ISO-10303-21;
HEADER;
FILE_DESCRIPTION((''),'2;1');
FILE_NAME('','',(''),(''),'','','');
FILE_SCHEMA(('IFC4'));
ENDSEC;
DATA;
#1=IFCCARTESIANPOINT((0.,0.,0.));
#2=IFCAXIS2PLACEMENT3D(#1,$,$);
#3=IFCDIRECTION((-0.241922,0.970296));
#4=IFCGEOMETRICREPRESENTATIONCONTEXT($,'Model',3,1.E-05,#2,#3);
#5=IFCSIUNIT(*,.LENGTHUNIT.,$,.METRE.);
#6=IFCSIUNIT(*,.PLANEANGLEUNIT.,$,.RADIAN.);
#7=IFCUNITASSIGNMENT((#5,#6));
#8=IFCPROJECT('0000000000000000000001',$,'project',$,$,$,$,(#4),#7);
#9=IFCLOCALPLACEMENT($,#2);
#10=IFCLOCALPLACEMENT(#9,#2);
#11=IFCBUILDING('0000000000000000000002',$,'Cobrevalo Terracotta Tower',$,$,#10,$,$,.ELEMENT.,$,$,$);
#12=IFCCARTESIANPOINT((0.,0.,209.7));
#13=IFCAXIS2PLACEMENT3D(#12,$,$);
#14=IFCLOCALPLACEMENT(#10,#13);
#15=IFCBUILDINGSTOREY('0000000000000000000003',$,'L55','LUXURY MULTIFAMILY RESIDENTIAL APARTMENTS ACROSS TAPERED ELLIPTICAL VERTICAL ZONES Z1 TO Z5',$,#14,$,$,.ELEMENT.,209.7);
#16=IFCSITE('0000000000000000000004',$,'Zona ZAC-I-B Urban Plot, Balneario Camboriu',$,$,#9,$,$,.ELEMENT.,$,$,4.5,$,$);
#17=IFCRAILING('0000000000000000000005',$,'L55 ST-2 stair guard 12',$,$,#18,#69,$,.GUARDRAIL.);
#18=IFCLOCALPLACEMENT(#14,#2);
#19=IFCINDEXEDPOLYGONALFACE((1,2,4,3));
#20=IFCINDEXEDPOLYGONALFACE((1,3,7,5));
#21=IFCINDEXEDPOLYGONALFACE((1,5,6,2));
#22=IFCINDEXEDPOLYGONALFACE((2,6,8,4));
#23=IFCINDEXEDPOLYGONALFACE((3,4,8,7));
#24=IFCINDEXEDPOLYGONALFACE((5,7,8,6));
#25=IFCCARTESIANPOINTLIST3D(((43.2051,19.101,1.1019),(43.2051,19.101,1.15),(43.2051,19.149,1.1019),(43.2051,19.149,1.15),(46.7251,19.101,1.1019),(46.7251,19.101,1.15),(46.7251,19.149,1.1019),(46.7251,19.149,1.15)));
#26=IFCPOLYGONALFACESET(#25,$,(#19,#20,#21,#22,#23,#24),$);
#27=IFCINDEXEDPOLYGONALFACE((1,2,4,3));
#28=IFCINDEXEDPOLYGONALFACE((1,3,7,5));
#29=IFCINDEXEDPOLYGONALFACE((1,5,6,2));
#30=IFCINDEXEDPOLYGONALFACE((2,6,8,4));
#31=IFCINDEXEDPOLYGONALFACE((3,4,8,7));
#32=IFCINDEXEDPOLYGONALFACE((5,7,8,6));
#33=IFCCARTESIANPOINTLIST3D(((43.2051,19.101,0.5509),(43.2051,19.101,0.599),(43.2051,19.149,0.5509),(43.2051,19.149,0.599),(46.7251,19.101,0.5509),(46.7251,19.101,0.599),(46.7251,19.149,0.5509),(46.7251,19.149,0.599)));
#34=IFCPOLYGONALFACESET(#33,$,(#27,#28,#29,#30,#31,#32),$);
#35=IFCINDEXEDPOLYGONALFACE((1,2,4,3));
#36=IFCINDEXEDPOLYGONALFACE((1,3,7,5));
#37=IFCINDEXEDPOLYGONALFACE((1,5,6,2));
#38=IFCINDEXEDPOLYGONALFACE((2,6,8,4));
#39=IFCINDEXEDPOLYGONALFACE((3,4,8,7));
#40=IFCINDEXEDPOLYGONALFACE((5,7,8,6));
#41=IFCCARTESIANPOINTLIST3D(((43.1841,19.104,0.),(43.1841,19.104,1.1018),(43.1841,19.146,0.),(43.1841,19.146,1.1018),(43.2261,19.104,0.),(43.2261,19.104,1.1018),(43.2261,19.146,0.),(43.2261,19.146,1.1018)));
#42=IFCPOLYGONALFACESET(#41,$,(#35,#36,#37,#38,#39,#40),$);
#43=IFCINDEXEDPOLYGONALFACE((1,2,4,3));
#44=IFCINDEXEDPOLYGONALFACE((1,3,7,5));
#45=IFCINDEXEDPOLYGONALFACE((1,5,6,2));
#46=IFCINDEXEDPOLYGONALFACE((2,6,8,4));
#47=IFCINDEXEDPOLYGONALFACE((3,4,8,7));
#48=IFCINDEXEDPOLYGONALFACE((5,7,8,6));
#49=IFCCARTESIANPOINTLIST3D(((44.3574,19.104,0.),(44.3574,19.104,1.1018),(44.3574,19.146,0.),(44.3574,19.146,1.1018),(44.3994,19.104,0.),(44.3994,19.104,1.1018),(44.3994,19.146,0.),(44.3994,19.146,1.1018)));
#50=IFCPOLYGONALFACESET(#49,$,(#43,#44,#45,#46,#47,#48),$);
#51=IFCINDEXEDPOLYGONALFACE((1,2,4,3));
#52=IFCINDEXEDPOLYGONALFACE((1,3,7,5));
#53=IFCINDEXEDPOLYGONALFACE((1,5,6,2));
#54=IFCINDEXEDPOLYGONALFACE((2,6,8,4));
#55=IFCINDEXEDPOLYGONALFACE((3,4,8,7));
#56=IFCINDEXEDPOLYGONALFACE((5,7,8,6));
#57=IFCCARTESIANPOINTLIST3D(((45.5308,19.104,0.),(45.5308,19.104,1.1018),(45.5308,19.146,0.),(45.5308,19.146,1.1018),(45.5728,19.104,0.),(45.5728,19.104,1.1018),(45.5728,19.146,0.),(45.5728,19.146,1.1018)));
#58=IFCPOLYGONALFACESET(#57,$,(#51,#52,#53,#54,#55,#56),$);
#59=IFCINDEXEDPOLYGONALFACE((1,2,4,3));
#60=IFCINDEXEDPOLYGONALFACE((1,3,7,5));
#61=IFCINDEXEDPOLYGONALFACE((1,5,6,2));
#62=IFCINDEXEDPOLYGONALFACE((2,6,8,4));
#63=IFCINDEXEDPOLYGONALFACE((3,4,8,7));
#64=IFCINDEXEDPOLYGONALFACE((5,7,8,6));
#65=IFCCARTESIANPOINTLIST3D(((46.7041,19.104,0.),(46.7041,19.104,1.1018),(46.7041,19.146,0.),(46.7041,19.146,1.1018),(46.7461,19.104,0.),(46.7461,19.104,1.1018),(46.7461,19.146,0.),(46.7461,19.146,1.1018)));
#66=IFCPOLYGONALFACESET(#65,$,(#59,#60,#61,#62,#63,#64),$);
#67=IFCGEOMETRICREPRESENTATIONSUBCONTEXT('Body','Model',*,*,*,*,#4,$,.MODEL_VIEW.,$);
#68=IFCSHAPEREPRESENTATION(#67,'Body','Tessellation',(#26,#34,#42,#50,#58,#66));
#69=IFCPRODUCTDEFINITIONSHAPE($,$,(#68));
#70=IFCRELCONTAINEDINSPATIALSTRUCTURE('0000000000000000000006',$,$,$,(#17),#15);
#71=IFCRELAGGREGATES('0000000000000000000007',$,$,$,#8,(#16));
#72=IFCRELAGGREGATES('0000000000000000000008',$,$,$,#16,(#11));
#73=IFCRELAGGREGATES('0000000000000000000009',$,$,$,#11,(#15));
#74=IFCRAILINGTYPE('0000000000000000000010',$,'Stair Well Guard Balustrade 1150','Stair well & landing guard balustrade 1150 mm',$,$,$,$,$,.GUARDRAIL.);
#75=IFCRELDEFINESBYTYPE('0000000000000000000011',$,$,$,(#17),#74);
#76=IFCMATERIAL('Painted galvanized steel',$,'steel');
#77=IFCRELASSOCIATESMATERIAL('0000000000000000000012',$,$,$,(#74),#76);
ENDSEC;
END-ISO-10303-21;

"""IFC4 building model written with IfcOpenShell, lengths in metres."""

from ifc_helpers import new_model, si_unit, direction, frame, origin, origin_2d, place, context, subcontext, project, spatial, rectangle, extrude, material, type_object, element, save


model = new_model("IFC4")

# Units and contexts
model_context = context("Model", 3, precision=1e-05, world=origin(), true_north=direction((-0.241922, 0.970296)))
body_context = subcontext(model_context, "Body", "Model", "MODEL_VIEW")
ifc_project = project(units=[si_unit("LENGTHUNIT", "METRE"), si_unit("PLANEANGLEUNIT", "RADIAN")], contexts=[model_context])

# Site, building, storey
site_placement = place(None, origin())
site = spatial("IfcSite", under=ifc_project, at=site_placement, Name="Zona ZAC-I-B Urban Plot, Balneario Camboriu", CompositionType="ELEMENT", RefElevation=4.5)
building_placement = place(site_placement, origin())
building = spatial("IfcBuilding", under=site, at=building_placement, Name="Cobrevalo Terracotta Tower", CompositionType="ELEMENT")
storey_placement = place(building_placement, frame((0.0, 0.0, 209.7)))
storey = spatial("IfcBuildingStorey", under=building, at=storey_placement, Name="L55", Description="LUXURY MULTIFAMILY RESIDENTIAL APARTMENTS ACROSS TAPERED ELLIPTICAL VERTICAL ZONES Z1 TO Z5", CompositionType="ELEMENT", Elevation=209.7)

# Railing
ifc_material_1 = material(Name="Painted galvanized steel", Category="steel")
railing_type_1 = type_object("IfcRailingType", Name="Stair Well Guard Balustrade 1150", Description="Stair well & landing guard balustrade 1150 mm", PredefinedType="GUARDRAIL", material=ifc_material_1)
railing_1_placement = place(storey_placement, frame((43.2051, 19.125, 0.0)))
element("IfcRailing", 1, at=railing_1_placement, inside=storey, type_object=railing_type_1, Name="L55 ST-2 stair guard 12", PredefinedType="GUARDRAIL", context=body_context, shape_type="SweptSolid", body=[
    extrude(rectangle(XDim=0.0481, YDim=0.0481, at=origin_2d()), frame((0.0, 0.0, 1.126), z_axis=(1.0, 0.0, 0.0), x_axis=(0.0, 1.0, 0.0)), (0.0, 0.0, 1.0), 3.52),
    extrude(rectangle(XDim=0.0481, YDim=0.0481, at=origin_2d()), frame((0.0, 0.0, 0.575), z_axis=(1.0, 0.0, 0.0), x_axis=(0.0, 1.0, 0.0)), (0.0, 0.0, 1.0), 3.52),
    extrude(rectangle(XDim=0.042, YDim=0.042, at=origin_2d()), origin(), (0.0, 0.0, 1.0), 1.1018),
    extrude(rectangle(XDim=0.042, YDim=0.042, at=origin_2d()), frame((1.1733, 0.0, 0.0)), (0.0, 0.0, 1.0), 1.1018),
    extrude(rectangle(XDim=0.042, YDim=0.042, at=origin_2d()), frame((2.3467, 0.0, 0.0)), (0.0, 0.0, 1.0), 1.1018),
    extrude(rectangle(XDim=0.042, YDim=0.042, at=origin_2d()), frame((3.52, 0.0, 0.0)), (0.0, 0.0, 1.0), 1.1018),
])

save(model, "model.ifc")
